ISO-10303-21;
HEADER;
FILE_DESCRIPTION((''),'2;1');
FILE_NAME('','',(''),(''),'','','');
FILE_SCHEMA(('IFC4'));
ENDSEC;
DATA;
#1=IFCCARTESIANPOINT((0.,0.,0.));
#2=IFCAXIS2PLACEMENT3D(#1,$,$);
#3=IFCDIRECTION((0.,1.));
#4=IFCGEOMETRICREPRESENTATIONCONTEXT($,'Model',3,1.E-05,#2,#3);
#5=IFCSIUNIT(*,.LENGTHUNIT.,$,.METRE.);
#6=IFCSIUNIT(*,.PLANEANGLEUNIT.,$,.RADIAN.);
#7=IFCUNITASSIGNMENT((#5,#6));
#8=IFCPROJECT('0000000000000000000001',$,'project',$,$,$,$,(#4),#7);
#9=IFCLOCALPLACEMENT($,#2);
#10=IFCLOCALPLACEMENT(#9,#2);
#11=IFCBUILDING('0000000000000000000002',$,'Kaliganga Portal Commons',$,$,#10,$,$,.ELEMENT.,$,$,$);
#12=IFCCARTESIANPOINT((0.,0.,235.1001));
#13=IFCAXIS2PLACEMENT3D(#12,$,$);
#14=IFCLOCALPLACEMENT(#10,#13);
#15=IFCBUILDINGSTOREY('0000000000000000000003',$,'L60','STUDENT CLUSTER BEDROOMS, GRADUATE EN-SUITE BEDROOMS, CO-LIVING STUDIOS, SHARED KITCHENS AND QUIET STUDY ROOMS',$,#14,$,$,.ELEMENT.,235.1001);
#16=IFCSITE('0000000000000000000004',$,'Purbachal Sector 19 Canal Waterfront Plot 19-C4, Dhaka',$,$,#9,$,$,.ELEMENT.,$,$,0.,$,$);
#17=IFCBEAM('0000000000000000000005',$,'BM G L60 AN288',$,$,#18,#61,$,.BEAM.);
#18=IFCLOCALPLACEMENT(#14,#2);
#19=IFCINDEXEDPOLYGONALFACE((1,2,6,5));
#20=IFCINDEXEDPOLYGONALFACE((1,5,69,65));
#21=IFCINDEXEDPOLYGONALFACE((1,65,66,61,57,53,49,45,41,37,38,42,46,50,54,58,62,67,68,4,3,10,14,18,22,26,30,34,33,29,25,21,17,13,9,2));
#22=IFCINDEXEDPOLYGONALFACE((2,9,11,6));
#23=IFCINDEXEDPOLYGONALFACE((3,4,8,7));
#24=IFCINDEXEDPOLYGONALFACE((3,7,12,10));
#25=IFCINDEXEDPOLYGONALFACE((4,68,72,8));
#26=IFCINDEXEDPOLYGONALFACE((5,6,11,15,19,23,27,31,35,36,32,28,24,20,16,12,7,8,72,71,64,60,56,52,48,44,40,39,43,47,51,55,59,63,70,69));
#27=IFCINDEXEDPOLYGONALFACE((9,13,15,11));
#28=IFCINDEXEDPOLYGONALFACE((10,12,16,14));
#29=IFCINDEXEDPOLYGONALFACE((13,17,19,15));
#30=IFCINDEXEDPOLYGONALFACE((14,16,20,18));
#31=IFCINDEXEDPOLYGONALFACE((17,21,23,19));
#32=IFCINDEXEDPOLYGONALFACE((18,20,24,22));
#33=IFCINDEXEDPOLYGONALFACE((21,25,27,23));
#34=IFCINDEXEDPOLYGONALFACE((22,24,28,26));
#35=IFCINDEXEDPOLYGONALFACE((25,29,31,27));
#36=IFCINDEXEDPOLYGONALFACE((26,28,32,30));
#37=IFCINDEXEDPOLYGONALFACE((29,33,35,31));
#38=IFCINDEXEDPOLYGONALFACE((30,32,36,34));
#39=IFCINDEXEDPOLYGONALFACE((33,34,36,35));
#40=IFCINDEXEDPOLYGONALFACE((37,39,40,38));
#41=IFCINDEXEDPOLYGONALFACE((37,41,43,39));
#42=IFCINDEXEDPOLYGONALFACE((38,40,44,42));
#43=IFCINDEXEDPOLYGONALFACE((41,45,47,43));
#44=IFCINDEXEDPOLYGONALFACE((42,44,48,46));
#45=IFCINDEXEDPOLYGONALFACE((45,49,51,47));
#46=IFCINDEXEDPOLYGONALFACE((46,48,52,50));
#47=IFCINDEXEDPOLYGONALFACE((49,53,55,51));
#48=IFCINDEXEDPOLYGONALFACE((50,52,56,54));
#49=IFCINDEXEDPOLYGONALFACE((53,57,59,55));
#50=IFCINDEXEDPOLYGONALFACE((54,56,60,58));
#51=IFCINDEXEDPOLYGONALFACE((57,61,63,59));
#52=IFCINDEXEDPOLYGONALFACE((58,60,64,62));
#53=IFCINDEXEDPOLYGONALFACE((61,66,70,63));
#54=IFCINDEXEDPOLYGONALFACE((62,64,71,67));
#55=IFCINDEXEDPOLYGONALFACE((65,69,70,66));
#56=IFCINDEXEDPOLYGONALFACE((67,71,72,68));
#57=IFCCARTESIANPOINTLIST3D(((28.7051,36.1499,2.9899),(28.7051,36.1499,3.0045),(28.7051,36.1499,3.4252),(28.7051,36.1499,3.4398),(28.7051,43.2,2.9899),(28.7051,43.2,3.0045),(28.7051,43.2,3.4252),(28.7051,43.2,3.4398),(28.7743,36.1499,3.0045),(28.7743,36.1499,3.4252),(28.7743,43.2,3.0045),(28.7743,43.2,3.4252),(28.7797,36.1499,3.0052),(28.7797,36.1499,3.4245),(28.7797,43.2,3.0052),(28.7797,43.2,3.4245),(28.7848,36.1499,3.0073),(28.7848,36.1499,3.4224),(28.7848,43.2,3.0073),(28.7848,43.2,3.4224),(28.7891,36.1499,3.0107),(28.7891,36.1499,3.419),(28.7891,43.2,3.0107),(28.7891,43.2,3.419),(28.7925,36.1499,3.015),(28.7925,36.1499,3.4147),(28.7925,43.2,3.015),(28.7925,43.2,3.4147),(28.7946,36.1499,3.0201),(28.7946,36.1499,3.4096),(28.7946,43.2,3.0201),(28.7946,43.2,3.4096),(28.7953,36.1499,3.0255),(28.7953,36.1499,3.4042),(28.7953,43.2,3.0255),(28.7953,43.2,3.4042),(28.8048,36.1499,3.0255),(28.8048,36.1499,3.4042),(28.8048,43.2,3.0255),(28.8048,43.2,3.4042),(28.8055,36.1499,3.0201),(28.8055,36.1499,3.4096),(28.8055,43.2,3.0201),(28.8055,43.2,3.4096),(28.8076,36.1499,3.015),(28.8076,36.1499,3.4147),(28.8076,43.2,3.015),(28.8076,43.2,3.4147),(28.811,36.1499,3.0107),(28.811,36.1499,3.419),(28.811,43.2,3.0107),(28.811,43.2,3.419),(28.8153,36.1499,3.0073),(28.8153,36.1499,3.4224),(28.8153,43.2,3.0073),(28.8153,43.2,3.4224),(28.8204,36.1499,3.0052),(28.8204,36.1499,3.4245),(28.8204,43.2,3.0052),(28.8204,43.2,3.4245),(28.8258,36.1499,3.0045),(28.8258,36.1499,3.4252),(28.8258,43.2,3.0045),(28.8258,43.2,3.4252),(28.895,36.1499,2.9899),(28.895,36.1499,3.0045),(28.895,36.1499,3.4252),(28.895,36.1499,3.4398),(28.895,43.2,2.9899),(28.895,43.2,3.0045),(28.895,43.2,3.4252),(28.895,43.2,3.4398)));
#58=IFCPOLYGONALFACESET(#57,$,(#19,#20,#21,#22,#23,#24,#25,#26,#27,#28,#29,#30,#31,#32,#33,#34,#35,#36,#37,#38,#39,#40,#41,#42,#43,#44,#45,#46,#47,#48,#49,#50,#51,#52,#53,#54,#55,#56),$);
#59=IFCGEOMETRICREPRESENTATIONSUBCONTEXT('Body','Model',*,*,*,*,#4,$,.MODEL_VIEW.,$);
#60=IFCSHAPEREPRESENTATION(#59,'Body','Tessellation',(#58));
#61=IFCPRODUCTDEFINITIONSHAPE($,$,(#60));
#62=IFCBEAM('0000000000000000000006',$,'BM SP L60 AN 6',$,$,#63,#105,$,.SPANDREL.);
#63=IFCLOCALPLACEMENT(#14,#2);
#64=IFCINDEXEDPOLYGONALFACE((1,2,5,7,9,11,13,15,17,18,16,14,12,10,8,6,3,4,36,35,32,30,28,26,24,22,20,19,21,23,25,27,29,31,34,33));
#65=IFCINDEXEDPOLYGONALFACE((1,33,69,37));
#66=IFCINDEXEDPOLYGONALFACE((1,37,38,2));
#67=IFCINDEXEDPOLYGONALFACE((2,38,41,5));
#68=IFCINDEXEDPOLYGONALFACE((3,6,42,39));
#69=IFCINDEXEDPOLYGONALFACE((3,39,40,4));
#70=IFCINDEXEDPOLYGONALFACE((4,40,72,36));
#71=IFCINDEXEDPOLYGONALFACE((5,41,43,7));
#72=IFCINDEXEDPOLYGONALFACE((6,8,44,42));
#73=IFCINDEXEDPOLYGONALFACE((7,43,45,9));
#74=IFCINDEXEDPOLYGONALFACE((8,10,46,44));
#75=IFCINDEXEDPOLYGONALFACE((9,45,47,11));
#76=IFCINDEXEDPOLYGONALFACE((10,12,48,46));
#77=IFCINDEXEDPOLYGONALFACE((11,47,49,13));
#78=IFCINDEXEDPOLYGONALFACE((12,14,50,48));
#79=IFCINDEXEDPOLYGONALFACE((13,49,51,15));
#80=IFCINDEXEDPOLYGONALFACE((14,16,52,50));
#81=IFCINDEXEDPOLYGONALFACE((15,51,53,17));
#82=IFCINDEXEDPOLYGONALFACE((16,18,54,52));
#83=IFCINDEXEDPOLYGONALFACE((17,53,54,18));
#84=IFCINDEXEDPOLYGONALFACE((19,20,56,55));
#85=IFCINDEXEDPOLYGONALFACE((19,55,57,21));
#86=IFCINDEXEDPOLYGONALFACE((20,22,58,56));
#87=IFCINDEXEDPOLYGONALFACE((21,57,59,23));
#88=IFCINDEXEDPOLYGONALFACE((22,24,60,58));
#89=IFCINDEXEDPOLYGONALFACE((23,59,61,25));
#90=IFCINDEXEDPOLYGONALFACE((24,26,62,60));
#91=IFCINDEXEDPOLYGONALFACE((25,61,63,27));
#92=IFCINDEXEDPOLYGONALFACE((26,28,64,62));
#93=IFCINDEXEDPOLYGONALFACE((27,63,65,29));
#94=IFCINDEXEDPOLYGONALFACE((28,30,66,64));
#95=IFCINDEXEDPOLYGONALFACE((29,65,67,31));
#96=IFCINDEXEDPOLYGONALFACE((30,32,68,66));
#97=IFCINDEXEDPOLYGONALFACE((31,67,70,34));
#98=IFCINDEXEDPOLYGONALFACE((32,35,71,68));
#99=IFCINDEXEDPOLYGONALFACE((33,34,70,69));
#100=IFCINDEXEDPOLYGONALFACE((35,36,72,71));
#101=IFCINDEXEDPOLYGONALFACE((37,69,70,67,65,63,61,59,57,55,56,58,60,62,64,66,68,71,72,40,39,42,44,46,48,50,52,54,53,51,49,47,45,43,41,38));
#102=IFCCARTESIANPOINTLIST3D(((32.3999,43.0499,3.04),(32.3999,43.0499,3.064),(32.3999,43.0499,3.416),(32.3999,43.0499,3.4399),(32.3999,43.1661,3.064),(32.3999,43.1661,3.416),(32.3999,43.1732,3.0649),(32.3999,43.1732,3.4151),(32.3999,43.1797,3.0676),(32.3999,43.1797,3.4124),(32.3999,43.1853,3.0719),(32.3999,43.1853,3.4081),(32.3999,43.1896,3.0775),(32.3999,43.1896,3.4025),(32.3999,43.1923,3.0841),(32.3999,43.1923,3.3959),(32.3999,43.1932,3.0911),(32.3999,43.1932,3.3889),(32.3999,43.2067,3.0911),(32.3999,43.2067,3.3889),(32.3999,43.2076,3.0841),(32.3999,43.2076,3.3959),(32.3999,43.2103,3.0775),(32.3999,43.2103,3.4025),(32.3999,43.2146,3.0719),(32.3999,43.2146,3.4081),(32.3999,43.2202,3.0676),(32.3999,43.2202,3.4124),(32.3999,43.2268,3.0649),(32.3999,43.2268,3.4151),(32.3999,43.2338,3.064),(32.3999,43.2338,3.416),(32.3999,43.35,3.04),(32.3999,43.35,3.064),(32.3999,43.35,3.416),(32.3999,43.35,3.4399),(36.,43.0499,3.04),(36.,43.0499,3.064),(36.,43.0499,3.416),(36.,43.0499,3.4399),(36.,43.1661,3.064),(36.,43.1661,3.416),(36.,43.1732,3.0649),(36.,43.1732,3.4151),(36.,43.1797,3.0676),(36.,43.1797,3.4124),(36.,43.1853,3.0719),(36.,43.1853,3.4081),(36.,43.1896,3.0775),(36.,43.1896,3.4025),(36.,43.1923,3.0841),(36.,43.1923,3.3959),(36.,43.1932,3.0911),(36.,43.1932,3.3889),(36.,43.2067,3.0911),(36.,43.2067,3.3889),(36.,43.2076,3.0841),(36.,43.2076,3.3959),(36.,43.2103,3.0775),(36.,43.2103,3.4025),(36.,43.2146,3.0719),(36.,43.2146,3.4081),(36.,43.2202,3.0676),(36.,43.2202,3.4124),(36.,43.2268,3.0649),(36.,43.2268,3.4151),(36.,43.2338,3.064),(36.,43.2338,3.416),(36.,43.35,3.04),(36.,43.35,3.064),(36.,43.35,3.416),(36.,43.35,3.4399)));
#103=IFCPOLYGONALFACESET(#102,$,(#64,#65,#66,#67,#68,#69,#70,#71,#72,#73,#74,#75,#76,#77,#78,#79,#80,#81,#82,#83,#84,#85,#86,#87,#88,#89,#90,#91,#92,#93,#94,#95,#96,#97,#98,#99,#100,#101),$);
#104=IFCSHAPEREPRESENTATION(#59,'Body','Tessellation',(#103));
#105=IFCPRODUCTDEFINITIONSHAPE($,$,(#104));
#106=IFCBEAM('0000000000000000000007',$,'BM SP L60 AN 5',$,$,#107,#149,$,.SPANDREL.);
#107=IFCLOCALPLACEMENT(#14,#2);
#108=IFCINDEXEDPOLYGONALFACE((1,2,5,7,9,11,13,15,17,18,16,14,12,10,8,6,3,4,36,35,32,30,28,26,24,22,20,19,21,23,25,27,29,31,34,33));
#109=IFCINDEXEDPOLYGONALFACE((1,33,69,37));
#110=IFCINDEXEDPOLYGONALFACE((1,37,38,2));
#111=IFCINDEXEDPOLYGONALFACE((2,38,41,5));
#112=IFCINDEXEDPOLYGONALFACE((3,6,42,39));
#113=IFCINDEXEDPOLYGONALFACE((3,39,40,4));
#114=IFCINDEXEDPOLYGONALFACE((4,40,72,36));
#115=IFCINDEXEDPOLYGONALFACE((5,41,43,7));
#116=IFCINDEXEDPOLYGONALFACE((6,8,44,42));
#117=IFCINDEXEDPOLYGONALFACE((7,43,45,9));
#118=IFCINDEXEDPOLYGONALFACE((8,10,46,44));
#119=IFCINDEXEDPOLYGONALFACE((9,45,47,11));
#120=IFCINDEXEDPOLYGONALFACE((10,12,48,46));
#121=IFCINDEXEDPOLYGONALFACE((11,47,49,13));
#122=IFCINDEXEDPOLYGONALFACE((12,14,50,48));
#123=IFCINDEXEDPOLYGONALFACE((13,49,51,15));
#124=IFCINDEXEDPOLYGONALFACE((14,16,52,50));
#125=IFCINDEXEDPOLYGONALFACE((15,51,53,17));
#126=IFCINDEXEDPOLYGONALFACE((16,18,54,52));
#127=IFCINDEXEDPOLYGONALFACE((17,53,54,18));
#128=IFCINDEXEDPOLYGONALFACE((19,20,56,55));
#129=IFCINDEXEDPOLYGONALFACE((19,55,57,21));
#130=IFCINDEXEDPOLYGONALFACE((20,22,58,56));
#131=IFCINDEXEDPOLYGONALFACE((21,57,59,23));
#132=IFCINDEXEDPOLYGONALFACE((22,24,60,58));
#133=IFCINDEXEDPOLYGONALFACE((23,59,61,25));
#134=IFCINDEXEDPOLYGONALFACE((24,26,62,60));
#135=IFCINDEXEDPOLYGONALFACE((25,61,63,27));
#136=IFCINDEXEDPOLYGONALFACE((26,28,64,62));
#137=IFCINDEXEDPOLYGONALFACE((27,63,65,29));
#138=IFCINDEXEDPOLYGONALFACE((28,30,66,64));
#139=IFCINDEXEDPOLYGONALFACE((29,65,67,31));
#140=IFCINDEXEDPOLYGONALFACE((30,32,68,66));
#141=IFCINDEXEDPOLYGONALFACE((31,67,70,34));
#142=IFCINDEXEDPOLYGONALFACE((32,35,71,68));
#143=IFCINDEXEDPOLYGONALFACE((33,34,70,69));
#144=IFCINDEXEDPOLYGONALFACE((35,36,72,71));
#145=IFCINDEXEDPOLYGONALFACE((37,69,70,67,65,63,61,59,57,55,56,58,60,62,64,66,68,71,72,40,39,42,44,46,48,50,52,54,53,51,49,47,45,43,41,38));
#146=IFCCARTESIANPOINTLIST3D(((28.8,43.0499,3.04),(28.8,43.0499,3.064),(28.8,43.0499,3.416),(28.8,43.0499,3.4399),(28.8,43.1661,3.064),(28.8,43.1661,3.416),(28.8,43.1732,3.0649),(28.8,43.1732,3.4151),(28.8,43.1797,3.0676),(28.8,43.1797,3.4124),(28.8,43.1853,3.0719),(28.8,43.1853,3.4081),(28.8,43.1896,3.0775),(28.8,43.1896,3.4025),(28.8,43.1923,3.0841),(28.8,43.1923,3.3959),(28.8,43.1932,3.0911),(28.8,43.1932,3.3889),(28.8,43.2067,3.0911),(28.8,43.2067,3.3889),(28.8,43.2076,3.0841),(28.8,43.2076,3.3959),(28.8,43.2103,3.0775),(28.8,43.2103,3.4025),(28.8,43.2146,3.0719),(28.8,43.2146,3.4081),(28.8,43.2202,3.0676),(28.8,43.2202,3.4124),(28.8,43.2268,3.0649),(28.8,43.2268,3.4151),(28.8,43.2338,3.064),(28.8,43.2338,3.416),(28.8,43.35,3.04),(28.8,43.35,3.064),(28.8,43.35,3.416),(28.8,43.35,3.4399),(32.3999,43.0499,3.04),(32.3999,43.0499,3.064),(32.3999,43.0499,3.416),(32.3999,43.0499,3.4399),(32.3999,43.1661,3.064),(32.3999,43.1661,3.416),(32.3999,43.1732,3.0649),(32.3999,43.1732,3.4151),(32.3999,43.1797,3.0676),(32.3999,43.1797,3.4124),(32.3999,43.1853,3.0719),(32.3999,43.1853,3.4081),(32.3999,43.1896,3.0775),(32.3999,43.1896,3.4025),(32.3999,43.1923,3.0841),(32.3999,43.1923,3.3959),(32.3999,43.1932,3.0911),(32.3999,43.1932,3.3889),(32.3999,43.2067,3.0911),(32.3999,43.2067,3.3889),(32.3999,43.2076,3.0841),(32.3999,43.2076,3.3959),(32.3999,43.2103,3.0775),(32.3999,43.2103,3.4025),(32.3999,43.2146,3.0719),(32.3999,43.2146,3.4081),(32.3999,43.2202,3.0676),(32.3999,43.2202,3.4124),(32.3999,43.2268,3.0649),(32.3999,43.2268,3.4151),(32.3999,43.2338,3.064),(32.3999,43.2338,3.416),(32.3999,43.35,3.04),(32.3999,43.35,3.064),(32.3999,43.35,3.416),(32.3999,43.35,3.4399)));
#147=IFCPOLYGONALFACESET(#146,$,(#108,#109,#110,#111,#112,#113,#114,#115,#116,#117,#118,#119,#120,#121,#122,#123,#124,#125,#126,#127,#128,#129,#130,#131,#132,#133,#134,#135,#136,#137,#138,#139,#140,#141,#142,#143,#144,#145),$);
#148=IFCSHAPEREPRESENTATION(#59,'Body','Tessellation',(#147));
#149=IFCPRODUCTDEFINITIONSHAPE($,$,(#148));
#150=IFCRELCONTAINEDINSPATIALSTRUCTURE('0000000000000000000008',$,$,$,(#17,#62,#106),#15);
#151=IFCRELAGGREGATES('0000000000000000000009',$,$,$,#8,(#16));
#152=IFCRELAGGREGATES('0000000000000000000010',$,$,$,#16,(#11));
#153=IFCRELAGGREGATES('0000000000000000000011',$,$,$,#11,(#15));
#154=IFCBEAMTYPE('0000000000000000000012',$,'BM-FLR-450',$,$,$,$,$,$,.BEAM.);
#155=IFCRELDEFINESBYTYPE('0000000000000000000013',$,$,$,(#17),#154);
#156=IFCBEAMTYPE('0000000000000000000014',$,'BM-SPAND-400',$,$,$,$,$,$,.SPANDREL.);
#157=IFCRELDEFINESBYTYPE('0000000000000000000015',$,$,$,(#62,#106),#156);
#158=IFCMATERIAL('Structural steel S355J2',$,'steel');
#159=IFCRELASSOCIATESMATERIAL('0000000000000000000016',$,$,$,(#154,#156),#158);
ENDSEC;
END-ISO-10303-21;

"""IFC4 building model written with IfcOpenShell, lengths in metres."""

from ifc_helpers import new_model, si_unit, direction, frame, origin, origin_2d, place, context, subcontext, project, spatial, i_section, extrude, source, transform, mapped, material, material_profile, profile_set, type_object, element, save


model = new_model("IFC4")

# Units and contexts
model_context = context("Model", 3, precision=1e-05, world=origin(), true_north=direction((0.0, 1.0)))
body_context = subcontext(model_context, "Body", "Model", "MODEL_VIEW")
ifc_project = project(units=[si_unit("LENGTHUNIT", "METRE"), si_unit("PLANEANGLEUNIT", "RADIAN")], contexts=[model_context])

# Site, building, storey
site_placement = place(None, origin())
site = spatial("IfcSite", under=ifc_project, at=site_placement, Name="Purbachal Sector 19 Canal Waterfront Plot 19-C4, Dhaka", CompositionType="ELEMENT", RefElevation=0.0)
building_placement = place(site_placement, origin())
building = spatial("IfcBuilding", under=site, at=building_placement, Name="Kaliganga Portal Commons", CompositionType="ELEMENT")
storey_placement = place(building_placement, frame((0.0, 0.0, 235.1001)))
storey = spatial("IfcBuildingStorey", under=building, at=storey_placement, Name="L60", Description="STUDENT CLUSTER BEDROOMS, GRADUATE EN-SUITE BEDROOMS, CO-LIVING STUDIOS, SHARED KITCHENS AND QUIET STUDY ROOMS", CompositionType="ELEMENT", Elevation=235.1001)

# Shared definitions
ifc_material_1 = material(Name="Structural steel S355J2", Category="steel")

# Beams
ifc_material_profile_1 = material_profile(ifc_material_1, i_section(OverallWidth=0.1899, OverallDepth=0.45, WebThickness=0.0095, FlangeThickness=0.0146, FilletRadius=0.021, at=origin_2d()), Name="IPE 450")
ifc_profile_set_1 = profile_set([ifc_material_profile_1], Name="Structural steel S355J2 wide-flange")
beam_type_1 = type_object("IfcBeamType", Name="BM-FLR-450", PredefinedType="BEAM", material=ifc_profile_set_1)
shared_shape_1 = source(origin(), body_context, "Body", "SweptSolid", [
    extrude(i_section(OverallWidth=0.1899, OverallDepth=0.45, WebThickness=0.0095, FlangeThickness=0.0146, FilletRadius=0.021, at=origin_2d()), origin(), (0.0, 0.0, 1.0), 7.05),
])
beam_1_placement = place(storey_placement, frame((28.8, 36.1499, 3.2148), z_axis=(0.0, 1.0, 0.0), x_axis=(-1.0, 0.0, 0.0)))
element("IfcBeam", 1, at=beam_1_placement, inside=storey, type_object=beam_type_1, Name="BM G L60 AN288", PredefinedType="BEAM", context=body_context, shape_type="MappedRepresentation", body=[
    mapped(shared_shape_1, transform((0.0, 0.0, 0.0), x_axis=(1.0, 0.0, 0.0), y_axis=(0.0, 1.0, 0.0), z_axis=(0.0, 0.0, 1.0), scale=1.0)),
])
ifc_material_profile_2 = material_profile(ifc_material_1, i_section(OverallWidth=0.3, OverallDepth=0.3999, WebThickness=0.0134, FlangeThickness=0.0239, FilletRadius=0.0271, at=origin_2d()), Name="HE 400 B")
ifc_profile_set_2 = profile_set([ifc_material_profile_2], Name="Structural steel S355J2 wide-flange")
beam_type_2 = type_object("IfcBeamType", Name="BM-SPAND-400", PredefinedType="SPANDREL", material=ifc_profile_set_2)
shared_shape_2 = source(origin(), body_context, "Body", "SweptSolid", [
    extrude(i_section(OverallWidth=0.3, OverallDepth=0.3999, WebThickness=0.0134, FlangeThickness=0.0239, FilletRadius=0.0271, at=origin_2d()), origin(), (0.0, 0.0, 1.0), 3.6001),
])
beam_2_placement = place(storey_placement, frame((32.3999, 43.2, 3.24), z_axis=(1.0, 0.0, 0.0), x_axis=(0.0, 1.0, 0.0)))
element("IfcBeam", 2, at=beam_2_placement, inside=storey, type_object=beam_type_2, Name="BM SP L60 AN 6", PredefinedType="SPANDREL", context=body_context, shape_type="MappedRepresentation", body=[
    mapped(shared_shape_2, transform((0.0, 0.0, 0.0), x_axis=(1.0, 0.0, 0.0), y_axis=(0.0, 1.0, 0.0), z_axis=(0.0, 0.0, 1.0), scale=1.0)),
])
shared_shape_3 = source(origin(), body_context, "Body", "SweptSolid", [
    extrude(i_section(OverallWidth=0.3, OverallDepth=0.3999, WebThickness=0.0134, FlangeThickness=0.0239, FilletRadius=0.0271, at=origin_2d()), origin(), (0.0, 0.0, 1.0), 3.5999),
])
beam_3_placement = place(storey_placement, frame((28.8, 43.2, 3.24), z_axis=(1.0, 0.0, 0.0), x_axis=(0.0, 1.0, 0.0)))
element("IfcBeam", 3, at=beam_3_placement, inside=storey, type_object=beam_type_2, Name="BM SP L60 AN 5", PredefinedType="SPANDREL", context=body_context, shape_type="MappedRepresentation", body=[
    mapped(shared_shape_3, transform((0.0, 0.0, 0.0), x_axis=(1.0, 0.0, 0.0), y_axis=(0.0, 1.0, 0.0), z_axis=(0.0, 0.0, 1.0), scale=1.0)),
])

save(model, "model.ifc")
